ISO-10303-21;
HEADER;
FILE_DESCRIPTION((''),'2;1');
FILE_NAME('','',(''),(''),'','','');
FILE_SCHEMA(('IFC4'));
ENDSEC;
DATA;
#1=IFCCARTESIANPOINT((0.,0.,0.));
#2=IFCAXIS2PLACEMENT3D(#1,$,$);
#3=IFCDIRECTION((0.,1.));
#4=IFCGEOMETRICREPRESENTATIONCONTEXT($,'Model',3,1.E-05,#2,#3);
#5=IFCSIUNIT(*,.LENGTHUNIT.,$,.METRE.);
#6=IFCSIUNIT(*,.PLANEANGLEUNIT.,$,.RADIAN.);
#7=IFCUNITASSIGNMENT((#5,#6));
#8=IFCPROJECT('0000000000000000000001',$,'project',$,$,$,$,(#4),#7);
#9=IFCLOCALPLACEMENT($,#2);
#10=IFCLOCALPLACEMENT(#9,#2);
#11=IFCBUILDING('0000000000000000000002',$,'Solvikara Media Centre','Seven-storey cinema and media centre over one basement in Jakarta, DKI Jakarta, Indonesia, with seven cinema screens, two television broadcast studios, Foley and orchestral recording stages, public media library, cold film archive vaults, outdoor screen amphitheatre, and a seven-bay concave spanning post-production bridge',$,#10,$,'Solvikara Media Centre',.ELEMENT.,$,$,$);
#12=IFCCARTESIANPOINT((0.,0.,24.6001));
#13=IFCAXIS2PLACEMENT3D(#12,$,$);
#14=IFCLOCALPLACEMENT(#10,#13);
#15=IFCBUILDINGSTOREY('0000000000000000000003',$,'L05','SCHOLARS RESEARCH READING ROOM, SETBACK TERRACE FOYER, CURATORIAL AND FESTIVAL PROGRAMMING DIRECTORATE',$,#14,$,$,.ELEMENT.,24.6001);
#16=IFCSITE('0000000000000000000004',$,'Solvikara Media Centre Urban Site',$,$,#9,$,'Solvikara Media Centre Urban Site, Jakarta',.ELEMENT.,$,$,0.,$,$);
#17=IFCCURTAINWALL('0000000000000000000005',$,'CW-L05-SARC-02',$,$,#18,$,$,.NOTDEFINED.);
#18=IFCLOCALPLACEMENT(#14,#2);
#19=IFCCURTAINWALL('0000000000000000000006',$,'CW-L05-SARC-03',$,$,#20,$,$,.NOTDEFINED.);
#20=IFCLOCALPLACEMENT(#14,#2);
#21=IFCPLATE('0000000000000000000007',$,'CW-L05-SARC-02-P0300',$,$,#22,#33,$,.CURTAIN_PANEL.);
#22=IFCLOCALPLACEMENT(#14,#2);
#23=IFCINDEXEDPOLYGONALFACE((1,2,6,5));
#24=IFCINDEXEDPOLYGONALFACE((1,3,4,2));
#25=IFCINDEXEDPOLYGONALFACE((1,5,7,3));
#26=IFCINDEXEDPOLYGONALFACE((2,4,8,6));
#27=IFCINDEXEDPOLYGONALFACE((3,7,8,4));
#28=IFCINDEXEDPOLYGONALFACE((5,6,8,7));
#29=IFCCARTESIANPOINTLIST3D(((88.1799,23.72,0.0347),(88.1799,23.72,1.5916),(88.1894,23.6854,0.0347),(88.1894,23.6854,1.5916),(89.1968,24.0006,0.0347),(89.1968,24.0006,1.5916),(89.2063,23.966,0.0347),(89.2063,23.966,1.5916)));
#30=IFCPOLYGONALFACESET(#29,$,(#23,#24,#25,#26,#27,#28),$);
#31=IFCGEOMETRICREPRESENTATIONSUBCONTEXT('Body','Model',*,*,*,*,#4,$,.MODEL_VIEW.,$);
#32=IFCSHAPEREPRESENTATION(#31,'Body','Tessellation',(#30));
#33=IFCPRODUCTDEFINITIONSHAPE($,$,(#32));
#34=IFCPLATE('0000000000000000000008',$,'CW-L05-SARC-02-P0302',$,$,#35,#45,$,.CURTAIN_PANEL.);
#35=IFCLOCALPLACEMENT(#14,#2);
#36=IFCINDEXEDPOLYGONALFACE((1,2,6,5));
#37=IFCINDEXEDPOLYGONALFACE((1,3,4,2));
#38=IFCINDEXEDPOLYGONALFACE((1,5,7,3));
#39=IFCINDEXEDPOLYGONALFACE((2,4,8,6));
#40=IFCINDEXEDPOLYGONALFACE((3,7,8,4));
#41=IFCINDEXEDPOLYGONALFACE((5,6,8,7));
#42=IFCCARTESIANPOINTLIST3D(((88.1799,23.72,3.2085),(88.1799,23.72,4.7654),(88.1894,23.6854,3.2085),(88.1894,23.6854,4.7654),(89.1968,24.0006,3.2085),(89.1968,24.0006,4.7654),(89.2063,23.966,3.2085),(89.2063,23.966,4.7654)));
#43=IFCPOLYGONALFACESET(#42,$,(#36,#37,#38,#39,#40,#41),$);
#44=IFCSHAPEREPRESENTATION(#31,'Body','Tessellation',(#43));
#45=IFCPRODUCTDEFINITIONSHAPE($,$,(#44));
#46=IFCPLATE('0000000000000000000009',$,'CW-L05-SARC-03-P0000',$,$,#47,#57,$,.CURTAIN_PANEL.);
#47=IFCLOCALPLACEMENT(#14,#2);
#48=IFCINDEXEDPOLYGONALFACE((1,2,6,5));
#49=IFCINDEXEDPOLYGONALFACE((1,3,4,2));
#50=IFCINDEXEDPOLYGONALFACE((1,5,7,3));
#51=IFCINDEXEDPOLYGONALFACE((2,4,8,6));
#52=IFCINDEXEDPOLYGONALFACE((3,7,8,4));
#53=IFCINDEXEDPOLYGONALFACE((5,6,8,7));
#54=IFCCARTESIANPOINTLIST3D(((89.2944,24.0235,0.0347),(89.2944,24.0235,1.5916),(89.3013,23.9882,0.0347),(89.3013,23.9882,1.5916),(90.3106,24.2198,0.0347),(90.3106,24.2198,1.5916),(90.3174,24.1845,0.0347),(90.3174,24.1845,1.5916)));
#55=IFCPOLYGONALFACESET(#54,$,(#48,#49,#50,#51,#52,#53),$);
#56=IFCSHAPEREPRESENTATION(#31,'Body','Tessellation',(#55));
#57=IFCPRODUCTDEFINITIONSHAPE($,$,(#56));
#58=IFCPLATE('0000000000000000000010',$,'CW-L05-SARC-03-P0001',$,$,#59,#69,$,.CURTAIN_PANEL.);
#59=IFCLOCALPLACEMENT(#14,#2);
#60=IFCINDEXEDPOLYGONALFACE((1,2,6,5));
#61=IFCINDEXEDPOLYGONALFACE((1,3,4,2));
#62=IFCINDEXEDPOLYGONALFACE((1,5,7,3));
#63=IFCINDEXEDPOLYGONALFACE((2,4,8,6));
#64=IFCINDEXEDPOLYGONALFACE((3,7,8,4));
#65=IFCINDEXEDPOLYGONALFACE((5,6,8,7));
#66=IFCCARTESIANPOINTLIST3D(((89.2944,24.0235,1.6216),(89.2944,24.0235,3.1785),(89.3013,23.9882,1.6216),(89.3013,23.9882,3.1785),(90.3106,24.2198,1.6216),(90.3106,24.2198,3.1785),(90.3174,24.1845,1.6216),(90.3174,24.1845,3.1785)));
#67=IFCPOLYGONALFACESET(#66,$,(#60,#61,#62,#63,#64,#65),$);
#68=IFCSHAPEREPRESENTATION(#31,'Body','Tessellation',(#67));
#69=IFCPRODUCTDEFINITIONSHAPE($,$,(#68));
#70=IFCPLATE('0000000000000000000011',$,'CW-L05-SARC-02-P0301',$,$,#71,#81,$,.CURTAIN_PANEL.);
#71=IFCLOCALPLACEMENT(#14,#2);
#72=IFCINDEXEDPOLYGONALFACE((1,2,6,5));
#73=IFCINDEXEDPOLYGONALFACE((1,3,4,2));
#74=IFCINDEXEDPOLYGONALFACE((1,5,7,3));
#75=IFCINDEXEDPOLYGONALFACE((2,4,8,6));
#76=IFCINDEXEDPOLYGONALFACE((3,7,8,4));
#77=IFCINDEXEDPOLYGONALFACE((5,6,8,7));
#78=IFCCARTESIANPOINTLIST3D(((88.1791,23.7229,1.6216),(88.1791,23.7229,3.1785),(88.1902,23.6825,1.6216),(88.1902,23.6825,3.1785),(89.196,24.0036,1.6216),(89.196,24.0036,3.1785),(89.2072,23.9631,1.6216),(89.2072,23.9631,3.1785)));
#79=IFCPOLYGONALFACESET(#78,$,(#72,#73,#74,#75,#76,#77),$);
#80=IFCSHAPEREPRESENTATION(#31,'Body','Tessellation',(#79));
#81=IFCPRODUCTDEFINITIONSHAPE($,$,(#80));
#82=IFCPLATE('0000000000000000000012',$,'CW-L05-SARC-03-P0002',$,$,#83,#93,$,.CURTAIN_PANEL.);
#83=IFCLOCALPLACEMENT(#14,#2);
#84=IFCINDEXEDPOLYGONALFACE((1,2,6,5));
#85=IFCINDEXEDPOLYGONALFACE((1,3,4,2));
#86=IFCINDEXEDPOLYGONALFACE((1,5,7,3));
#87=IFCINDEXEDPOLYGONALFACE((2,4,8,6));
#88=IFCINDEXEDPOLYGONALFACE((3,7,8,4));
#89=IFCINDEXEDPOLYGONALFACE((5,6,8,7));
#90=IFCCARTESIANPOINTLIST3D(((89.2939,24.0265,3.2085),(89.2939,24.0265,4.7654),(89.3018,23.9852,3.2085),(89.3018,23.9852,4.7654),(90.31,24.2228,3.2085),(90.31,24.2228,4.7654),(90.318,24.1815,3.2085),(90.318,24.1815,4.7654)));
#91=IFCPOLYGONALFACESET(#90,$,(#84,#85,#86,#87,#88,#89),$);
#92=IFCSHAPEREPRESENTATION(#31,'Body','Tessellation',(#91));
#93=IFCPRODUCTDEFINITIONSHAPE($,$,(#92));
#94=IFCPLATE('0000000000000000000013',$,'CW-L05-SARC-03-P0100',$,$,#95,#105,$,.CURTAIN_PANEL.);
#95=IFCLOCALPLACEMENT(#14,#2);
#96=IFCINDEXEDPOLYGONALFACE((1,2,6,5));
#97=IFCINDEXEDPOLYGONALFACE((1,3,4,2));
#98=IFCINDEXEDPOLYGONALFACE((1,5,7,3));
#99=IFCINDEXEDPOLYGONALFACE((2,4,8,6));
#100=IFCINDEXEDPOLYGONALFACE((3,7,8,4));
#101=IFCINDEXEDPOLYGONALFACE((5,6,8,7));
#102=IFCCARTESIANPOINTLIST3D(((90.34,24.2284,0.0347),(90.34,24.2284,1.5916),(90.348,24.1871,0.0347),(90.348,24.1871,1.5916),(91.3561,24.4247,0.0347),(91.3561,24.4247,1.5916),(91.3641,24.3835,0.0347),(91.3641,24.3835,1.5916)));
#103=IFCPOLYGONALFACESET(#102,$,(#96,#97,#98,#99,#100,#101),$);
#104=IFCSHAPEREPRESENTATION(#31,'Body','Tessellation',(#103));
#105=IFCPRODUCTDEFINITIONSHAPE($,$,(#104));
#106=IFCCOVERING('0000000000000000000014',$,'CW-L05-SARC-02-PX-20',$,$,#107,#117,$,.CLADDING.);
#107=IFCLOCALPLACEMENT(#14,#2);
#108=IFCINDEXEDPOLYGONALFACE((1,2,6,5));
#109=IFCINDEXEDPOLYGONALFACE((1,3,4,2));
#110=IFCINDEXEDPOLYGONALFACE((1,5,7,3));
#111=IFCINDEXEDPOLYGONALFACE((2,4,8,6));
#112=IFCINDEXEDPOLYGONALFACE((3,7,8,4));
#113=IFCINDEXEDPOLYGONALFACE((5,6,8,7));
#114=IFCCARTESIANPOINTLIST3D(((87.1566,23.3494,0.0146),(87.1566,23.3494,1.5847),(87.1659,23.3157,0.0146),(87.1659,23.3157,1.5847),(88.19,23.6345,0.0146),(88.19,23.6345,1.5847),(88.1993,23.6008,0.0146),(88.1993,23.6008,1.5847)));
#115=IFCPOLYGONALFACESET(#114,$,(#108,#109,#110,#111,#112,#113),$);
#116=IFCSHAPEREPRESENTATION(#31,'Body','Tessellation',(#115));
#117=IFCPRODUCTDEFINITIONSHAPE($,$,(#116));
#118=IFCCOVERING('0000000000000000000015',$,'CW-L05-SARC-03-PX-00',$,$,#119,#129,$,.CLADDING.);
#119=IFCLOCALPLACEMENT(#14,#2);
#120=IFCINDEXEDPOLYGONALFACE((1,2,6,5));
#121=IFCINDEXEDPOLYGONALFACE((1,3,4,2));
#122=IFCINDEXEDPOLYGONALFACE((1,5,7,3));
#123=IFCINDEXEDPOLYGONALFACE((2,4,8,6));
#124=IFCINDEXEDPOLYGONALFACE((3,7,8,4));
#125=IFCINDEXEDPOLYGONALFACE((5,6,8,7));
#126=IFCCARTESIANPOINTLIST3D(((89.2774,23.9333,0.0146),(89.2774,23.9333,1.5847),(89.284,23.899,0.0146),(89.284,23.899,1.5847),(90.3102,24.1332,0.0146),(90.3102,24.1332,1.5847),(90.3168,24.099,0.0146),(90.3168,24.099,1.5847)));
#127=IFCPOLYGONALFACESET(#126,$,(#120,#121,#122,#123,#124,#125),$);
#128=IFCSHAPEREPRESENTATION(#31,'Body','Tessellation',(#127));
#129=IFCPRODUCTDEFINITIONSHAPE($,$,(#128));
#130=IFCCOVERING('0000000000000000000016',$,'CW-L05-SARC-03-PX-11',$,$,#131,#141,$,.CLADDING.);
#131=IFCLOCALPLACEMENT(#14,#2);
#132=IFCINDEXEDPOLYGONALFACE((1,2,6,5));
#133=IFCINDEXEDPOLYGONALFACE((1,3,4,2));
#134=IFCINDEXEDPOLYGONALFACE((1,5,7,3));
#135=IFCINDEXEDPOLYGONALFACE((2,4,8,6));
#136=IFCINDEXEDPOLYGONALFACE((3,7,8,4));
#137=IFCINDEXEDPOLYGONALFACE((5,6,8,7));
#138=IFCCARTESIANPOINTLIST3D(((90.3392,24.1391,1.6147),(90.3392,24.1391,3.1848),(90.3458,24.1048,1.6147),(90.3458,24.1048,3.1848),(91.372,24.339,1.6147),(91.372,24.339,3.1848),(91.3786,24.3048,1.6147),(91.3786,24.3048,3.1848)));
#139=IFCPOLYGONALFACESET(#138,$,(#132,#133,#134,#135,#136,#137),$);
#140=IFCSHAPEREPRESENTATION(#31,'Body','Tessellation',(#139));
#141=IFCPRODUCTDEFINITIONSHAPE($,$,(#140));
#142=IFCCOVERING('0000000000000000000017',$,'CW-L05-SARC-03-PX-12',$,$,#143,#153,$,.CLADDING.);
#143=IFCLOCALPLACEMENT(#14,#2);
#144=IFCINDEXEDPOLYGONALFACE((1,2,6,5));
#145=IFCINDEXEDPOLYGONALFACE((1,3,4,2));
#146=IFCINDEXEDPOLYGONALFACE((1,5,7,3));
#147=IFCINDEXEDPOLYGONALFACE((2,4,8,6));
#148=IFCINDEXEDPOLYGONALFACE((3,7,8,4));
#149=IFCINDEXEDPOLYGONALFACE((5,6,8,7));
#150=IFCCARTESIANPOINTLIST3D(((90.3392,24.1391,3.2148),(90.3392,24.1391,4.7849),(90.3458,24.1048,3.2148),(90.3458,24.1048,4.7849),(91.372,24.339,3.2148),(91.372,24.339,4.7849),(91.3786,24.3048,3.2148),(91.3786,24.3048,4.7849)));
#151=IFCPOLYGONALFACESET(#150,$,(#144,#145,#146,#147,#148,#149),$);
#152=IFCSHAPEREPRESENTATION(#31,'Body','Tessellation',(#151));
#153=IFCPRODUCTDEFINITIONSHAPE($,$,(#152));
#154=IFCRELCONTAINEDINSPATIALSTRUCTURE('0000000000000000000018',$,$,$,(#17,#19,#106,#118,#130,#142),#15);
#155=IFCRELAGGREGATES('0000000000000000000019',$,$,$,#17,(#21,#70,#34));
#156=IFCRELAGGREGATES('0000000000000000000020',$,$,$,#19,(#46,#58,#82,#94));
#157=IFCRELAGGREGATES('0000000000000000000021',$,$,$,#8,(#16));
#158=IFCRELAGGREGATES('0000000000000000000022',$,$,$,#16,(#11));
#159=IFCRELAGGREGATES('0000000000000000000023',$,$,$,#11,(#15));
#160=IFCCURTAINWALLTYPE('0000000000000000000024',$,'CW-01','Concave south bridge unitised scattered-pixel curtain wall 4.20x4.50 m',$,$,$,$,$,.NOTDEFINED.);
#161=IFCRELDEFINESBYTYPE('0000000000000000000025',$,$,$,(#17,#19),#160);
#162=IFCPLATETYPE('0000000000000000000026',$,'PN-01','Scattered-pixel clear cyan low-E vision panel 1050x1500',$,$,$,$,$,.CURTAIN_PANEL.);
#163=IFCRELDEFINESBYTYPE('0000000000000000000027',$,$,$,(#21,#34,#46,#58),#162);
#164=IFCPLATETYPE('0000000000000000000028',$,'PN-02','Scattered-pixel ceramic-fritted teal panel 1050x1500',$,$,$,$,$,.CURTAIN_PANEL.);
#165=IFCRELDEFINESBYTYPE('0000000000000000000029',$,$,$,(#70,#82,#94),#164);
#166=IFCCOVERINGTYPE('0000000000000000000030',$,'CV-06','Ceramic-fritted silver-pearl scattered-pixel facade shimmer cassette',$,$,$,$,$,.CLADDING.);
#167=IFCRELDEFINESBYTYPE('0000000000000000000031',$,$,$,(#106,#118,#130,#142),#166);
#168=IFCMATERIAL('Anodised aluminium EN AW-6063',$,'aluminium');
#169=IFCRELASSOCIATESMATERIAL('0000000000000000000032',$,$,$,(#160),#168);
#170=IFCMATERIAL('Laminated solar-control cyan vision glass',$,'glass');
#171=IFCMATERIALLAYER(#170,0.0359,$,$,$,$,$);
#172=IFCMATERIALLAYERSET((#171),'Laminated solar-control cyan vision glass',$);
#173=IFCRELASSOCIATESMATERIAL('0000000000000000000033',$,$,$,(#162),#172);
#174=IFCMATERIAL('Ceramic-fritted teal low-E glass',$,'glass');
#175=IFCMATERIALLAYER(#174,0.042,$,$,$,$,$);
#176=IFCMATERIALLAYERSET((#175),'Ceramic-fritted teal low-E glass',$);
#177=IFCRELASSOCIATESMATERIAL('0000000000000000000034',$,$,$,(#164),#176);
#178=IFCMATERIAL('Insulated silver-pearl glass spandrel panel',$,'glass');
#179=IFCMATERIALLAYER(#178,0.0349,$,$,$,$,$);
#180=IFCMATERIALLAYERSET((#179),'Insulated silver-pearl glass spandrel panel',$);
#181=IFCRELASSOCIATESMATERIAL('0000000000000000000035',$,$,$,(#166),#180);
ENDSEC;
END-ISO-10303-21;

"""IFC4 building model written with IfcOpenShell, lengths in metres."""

from ifc_helpers import new_model, si_unit, direction, frame, origin, origin_2d, place, context, subcontext, project, spatial, rectangle, extrude, material, layer, layer_set, type_object, element, aggregate, save


model = new_model("IFC4")

# Units and contexts
model_context = context("Model", 3, precision=1e-05, world=origin(), true_north=direction((0.0, 1.0)))
body_context = subcontext(model_context, "Body", "Model", "MODEL_VIEW")
ifc_project = project(units=[si_unit("LENGTHUNIT", "METRE"), si_unit("PLANEANGLEUNIT", "RADIAN")], contexts=[model_context])

# Site, building, storey
site_placement = place(None, origin())
site = spatial("IfcSite", under=ifc_project, at=site_placement, Name="Solvikara Media Centre Urban Site", LongName="Solvikara Media Centre Urban Site, Jakarta", CompositionType="ELEMENT", RefElevation=0.0)
building_placement = place(site_placement, origin())
building = spatial("IfcBuilding", under=site, at=building_placement, Name="Solvikara Media Centre", Description="Seven-storey cinema and media centre over one basement in Jakarta, DKI Jakarta, Indonesia, with seven cinema screens, two television broadcast studios, Foley and orchestral recording stages, public media library, cold film archive vaults, outdoor screen amphitheatre, and a seven-bay concave spanning post-production bridge", LongName="Solvikara Media Centre", CompositionType="ELEMENT")
storey_placement = place(building_placement, frame((0.0, 0.0, 24.6001)))
storey = spatial("IfcBuildingStorey", under=building, at=storey_placement, Name="L05", Description="SCHOLARS RESEARCH READING ROOM, SETBACK TERRACE FOYER, CURATORIAL AND FESTIVAL PROGRAMMING DIRECTORATE", CompositionType="ELEMENT", Elevation=24.6001)

# Curtain walls
ifc_material_1 = material(Name="Anodised aluminium EN AW-6063", Category="aluminium")
curtain_wall_type = type_object("IfcCurtainWallType", Name="CW-01", Description="Concave south bridge unitised scattered-pixel curtain wall 4.20x4.50 m", PredefinedType="NOTDEFINED", material=ifc_material_1)
curtain_wall_1_placement = place(storey_placement, origin())
curtain_wall_1 = element("IfcCurtainWall", 1, at=curtain_wall_1_placement, inside=storey, type_object=curtain_wall_type, Name="CW-L05-SARC-02", PredefinedType="NOTDEFINED")
curtain_wall_2_placement = place(storey_placement, origin())
curtain_wall_2 = element("IfcCurtainWall", 2, at=curtain_wall_2_placement, inside=storey, type_object=curtain_wall_type, Name="CW-L05-SARC-03", PredefinedType="NOTDEFINED")

# Plates
ifc_material_2 = material(Name="Laminated solar-control cyan vision glass", Category="glass")
ifc_layer_1 = layer(ifc_material_2, 0.0359)
ifc_layer_set_1 = layer_set([ifc_layer_1], Name="Laminated solar-control cyan vision glass")
plate_type_1 = type_object("IfcPlateType", Name="PN-01", Description="Scattered-pixel clear cyan low-E vision panel 1050x1500", PredefinedType="CURTAIN_PANEL", material=ifc_layer_set_1)
plate_1_placement = place(storey_placement, frame((88.6931, 23.843, 0.0347), z_axis=(0.0, 0.0, 1.0), x_axis=(0.96397, 0.26601, 0.0)))
plate_1 = element("IfcPlate", 3, at=plate_1_placement, type_object=plate_type_1, Name="CW-L05-SARC-02-P0300", PredefinedType="CURTAIN_PANEL", context=body_context, shape_type="SweptSolid", body=[
    extrude(rectangle(XDim=1.0549, YDim=0.0359, at=origin_2d()), origin(), (0.0, 0.0, 1.0), 1.5569),
])
plate_2_placement = place(storey_placement, frame((88.6931, 23.843, 3.2085), z_axis=(0.0, 0.0, 1.0), x_axis=(0.96397, 0.26601, 0.0)))
plate_2 = element("IfcPlate", 4, at=plate_2_placement, type_object=plate_type_1, Name="CW-L05-SARC-02-P0302", PredefinedType="CURTAIN_PANEL", context=body_context, shape_type="SweptSolid", body=[
    extrude(rectangle(XDim=1.0549, YDim=0.0359, at=origin_2d()), origin(), (0.0, 0.0, 1.0), 1.5569),
])
plate_3_placement = place(storey_placement, frame((89.8059, 24.104, 0.0347), z_axis=(0.0, 0.0, 1.0), x_axis=(0.981843, 0.189695, 0.0)))
plate_3 = element("IfcPlate", 5, at=plate_3_placement, type_object=plate_type_1, Name="CW-L05-SARC-03-P0000", PredefinedType="CURTAIN_PANEL", context=body_context, shape_type="SweptSolid", body=[
    extrude(rectangle(XDim=1.0349, YDim=0.0359, at=origin_2d()), origin(), (0.0, 0.0, 1.0), 1.5569),
])
plate_4_placement = place(storey_placement, frame((89.8059, 24.104, 1.6216), z_axis=(0.0, 0.0, 1.0), x_axis=(0.981843, 0.189695, 0.0)))
plate_4 = element("IfcPlate", 6, at=plate_4_placement, type_object=plate_type_1, Name="CW-L05-SARC-03-P0001", PredefinedType="CURTAIN_PANEL", context=body_context, shape_type="SweptSolid", body=[
    extrude(rectangle(XDim=1.0349, YDim=0.0359, at=origin_2d()), origin(), (0.0, 0.0, 1.0), 1.5569),
])
ifc_material_3 = material(Name="Ceramic-fritted teal low-E glass", Category="glass")
ifc_layer_2 = layer(ifc_material_3, 0.042)
ifc_layer_set_2 = layer_set([ifc_layer_2], Name="Ceramic-fritted teal low-E glass")
plate_type_2 = type_object("IfcPlateType", Name="PN-02", Description="Scattered-pixel ceramic-fritted teal panel 1050x1500", PredefinedType="CURTAIN_PANEL", material=ifc_layer_set_2)
plate_5_placement = place(storey_placement, frame((88.6931, 23.843, 1.6216), z_axis=(0.0, 0.0, 1.0), x_axis=(0.96397, 0.26601, 0.0)))
plate_5 = element("IfcPlate", 7, at=plate_5_placement, type_object=plate_type_2, Name="CW-L05-SARC-02-P0301", PredefinedType="CURTAIN_PANEL", context=body_context, shape_type="SweptSolid", body=[
    extrude(rectangle(XDim=1.0549, YDim=0.042, at=origin_2d()), origin(), (0.0, 0.0, 1.0), 1.5569),
])
aggregate(curtain_wall_1, [plate_1, plate_5, plate_2])
plate_6_placement = place(storey_placement, frame((89.8059, 24.104, 3.2085), z_axis=(0.0, 0.0, 1.0), x_axis=(0.981843, 0.189695, 0.0)))
plate_6 = element("IfcPlate", 8, at=plate_6_placement, type_object=plate_type_2, Name="CW-L05-SARC-03-P0002", PredefinedType="CURTAIN_PANEL", context=body_context, shape_type="SweptSolid", body=[
    extrude(rectangle(XDim=1.0349, YDim=0.042, at=origin_2d()), origin(), (0.0, 0.0, 1.0), 1.5569),
])
plate_7_placement = place(storey_placement, frame((90.8521, 24.3059, 0.0347), z_axis=(0.0, 0.0, 1.0), x_axis=(0.981843, 0.189695, 0.0)))
plate_7 = element("IfcPlate", 9, at=plate_7_placement, type_object=plate_type_2, Name="CW-L05-SARC-03-P0100", PredefinedType="CURTAIN_PANEL", context=body_context, shape_type="SweptSolid", body=[
    extrude(rectangle(XDim=1.0349, YDim=0.042, at=origin_2d()), origin(), (0.0, 0.0, 1.0), 1.5569),
])
aggregate(curtain_wall_2, [plate_3, plate_4, plate_6, plate_7])

# Coverings
ifc_material_4 = material(Name="Insulated silver-pearl glass spandrel panel", Category="glass")
ifc_layer_3 = layer(ifc_material_4, 0.0349)
ifc_layer_set_3 = layer_set([ifc_layer_3], Name="Insulated silver-pearl glass spandrel panel")
covering_type = type_object("IfcCoveringType", Name="CV-06", Description="Ceramic-fritted silver-pearl scattered-pixel facade shimmer cassette", PredefinedType="CLADDING", material=ifc_layer_set_3)
covering_placement = place(storey_placement, frame((87.678, 23.4751, 0.0146), z_axis=(0.0, 0.0, 1.0), x_axis=(0.963984, 0.26596, 0.0)))
element("IfcCovering", 10, at=covering_placement, inside=storey, type_object=covering_type, Name="CW-L05-SARC-02-PX-20", PredefinedType="CLADDING", context=body_context, shape_type="SweptSolid", body=[
    extrude(rectangle(XDim=1.072, YDim=0.0349, at=origin_2d()), origin(), (0.0, 0.0, 1.0), 1.5701),
])
for number, where, z_axis, x_axis, name in (
    (11, (89.7971, 24.0161, 0.0146), (0.0, 0.0, 1.0), (0.981767, 0.190089, 0.0), "CW-L05-SARC-03-PX-00"),
    (12, (90.8589, 24.2219, 1.6147), (0.0, 0.0, 1.0), (0.981767, 0.190089, 0.0), "CW-L05-SARC-03-PX-11"),
    (13, (90.8589, 24.2219, 3.2148), (0.0, 0.0, 1.0), (0.981767, 0.190089, 0.0), "CW-L05-SARC-03-PX-12"),
):
    element("IfcCovering", number, at=place(storey_placement, frame(where, z_axis=z_axis, x_axis=x_axis)), inside=storey, type_object=covering_type, Name=name, PredefinedType="CLADDING", context=body_context, shape_type="SweptSolid", body=[
        extrude(rectangle(XDim=1.052, YDim=0.0349, at=origin_2d()), origin(), (0.0, 0.0, 1.0), 1.5701),
    ])

save(model, "model.ifc")
